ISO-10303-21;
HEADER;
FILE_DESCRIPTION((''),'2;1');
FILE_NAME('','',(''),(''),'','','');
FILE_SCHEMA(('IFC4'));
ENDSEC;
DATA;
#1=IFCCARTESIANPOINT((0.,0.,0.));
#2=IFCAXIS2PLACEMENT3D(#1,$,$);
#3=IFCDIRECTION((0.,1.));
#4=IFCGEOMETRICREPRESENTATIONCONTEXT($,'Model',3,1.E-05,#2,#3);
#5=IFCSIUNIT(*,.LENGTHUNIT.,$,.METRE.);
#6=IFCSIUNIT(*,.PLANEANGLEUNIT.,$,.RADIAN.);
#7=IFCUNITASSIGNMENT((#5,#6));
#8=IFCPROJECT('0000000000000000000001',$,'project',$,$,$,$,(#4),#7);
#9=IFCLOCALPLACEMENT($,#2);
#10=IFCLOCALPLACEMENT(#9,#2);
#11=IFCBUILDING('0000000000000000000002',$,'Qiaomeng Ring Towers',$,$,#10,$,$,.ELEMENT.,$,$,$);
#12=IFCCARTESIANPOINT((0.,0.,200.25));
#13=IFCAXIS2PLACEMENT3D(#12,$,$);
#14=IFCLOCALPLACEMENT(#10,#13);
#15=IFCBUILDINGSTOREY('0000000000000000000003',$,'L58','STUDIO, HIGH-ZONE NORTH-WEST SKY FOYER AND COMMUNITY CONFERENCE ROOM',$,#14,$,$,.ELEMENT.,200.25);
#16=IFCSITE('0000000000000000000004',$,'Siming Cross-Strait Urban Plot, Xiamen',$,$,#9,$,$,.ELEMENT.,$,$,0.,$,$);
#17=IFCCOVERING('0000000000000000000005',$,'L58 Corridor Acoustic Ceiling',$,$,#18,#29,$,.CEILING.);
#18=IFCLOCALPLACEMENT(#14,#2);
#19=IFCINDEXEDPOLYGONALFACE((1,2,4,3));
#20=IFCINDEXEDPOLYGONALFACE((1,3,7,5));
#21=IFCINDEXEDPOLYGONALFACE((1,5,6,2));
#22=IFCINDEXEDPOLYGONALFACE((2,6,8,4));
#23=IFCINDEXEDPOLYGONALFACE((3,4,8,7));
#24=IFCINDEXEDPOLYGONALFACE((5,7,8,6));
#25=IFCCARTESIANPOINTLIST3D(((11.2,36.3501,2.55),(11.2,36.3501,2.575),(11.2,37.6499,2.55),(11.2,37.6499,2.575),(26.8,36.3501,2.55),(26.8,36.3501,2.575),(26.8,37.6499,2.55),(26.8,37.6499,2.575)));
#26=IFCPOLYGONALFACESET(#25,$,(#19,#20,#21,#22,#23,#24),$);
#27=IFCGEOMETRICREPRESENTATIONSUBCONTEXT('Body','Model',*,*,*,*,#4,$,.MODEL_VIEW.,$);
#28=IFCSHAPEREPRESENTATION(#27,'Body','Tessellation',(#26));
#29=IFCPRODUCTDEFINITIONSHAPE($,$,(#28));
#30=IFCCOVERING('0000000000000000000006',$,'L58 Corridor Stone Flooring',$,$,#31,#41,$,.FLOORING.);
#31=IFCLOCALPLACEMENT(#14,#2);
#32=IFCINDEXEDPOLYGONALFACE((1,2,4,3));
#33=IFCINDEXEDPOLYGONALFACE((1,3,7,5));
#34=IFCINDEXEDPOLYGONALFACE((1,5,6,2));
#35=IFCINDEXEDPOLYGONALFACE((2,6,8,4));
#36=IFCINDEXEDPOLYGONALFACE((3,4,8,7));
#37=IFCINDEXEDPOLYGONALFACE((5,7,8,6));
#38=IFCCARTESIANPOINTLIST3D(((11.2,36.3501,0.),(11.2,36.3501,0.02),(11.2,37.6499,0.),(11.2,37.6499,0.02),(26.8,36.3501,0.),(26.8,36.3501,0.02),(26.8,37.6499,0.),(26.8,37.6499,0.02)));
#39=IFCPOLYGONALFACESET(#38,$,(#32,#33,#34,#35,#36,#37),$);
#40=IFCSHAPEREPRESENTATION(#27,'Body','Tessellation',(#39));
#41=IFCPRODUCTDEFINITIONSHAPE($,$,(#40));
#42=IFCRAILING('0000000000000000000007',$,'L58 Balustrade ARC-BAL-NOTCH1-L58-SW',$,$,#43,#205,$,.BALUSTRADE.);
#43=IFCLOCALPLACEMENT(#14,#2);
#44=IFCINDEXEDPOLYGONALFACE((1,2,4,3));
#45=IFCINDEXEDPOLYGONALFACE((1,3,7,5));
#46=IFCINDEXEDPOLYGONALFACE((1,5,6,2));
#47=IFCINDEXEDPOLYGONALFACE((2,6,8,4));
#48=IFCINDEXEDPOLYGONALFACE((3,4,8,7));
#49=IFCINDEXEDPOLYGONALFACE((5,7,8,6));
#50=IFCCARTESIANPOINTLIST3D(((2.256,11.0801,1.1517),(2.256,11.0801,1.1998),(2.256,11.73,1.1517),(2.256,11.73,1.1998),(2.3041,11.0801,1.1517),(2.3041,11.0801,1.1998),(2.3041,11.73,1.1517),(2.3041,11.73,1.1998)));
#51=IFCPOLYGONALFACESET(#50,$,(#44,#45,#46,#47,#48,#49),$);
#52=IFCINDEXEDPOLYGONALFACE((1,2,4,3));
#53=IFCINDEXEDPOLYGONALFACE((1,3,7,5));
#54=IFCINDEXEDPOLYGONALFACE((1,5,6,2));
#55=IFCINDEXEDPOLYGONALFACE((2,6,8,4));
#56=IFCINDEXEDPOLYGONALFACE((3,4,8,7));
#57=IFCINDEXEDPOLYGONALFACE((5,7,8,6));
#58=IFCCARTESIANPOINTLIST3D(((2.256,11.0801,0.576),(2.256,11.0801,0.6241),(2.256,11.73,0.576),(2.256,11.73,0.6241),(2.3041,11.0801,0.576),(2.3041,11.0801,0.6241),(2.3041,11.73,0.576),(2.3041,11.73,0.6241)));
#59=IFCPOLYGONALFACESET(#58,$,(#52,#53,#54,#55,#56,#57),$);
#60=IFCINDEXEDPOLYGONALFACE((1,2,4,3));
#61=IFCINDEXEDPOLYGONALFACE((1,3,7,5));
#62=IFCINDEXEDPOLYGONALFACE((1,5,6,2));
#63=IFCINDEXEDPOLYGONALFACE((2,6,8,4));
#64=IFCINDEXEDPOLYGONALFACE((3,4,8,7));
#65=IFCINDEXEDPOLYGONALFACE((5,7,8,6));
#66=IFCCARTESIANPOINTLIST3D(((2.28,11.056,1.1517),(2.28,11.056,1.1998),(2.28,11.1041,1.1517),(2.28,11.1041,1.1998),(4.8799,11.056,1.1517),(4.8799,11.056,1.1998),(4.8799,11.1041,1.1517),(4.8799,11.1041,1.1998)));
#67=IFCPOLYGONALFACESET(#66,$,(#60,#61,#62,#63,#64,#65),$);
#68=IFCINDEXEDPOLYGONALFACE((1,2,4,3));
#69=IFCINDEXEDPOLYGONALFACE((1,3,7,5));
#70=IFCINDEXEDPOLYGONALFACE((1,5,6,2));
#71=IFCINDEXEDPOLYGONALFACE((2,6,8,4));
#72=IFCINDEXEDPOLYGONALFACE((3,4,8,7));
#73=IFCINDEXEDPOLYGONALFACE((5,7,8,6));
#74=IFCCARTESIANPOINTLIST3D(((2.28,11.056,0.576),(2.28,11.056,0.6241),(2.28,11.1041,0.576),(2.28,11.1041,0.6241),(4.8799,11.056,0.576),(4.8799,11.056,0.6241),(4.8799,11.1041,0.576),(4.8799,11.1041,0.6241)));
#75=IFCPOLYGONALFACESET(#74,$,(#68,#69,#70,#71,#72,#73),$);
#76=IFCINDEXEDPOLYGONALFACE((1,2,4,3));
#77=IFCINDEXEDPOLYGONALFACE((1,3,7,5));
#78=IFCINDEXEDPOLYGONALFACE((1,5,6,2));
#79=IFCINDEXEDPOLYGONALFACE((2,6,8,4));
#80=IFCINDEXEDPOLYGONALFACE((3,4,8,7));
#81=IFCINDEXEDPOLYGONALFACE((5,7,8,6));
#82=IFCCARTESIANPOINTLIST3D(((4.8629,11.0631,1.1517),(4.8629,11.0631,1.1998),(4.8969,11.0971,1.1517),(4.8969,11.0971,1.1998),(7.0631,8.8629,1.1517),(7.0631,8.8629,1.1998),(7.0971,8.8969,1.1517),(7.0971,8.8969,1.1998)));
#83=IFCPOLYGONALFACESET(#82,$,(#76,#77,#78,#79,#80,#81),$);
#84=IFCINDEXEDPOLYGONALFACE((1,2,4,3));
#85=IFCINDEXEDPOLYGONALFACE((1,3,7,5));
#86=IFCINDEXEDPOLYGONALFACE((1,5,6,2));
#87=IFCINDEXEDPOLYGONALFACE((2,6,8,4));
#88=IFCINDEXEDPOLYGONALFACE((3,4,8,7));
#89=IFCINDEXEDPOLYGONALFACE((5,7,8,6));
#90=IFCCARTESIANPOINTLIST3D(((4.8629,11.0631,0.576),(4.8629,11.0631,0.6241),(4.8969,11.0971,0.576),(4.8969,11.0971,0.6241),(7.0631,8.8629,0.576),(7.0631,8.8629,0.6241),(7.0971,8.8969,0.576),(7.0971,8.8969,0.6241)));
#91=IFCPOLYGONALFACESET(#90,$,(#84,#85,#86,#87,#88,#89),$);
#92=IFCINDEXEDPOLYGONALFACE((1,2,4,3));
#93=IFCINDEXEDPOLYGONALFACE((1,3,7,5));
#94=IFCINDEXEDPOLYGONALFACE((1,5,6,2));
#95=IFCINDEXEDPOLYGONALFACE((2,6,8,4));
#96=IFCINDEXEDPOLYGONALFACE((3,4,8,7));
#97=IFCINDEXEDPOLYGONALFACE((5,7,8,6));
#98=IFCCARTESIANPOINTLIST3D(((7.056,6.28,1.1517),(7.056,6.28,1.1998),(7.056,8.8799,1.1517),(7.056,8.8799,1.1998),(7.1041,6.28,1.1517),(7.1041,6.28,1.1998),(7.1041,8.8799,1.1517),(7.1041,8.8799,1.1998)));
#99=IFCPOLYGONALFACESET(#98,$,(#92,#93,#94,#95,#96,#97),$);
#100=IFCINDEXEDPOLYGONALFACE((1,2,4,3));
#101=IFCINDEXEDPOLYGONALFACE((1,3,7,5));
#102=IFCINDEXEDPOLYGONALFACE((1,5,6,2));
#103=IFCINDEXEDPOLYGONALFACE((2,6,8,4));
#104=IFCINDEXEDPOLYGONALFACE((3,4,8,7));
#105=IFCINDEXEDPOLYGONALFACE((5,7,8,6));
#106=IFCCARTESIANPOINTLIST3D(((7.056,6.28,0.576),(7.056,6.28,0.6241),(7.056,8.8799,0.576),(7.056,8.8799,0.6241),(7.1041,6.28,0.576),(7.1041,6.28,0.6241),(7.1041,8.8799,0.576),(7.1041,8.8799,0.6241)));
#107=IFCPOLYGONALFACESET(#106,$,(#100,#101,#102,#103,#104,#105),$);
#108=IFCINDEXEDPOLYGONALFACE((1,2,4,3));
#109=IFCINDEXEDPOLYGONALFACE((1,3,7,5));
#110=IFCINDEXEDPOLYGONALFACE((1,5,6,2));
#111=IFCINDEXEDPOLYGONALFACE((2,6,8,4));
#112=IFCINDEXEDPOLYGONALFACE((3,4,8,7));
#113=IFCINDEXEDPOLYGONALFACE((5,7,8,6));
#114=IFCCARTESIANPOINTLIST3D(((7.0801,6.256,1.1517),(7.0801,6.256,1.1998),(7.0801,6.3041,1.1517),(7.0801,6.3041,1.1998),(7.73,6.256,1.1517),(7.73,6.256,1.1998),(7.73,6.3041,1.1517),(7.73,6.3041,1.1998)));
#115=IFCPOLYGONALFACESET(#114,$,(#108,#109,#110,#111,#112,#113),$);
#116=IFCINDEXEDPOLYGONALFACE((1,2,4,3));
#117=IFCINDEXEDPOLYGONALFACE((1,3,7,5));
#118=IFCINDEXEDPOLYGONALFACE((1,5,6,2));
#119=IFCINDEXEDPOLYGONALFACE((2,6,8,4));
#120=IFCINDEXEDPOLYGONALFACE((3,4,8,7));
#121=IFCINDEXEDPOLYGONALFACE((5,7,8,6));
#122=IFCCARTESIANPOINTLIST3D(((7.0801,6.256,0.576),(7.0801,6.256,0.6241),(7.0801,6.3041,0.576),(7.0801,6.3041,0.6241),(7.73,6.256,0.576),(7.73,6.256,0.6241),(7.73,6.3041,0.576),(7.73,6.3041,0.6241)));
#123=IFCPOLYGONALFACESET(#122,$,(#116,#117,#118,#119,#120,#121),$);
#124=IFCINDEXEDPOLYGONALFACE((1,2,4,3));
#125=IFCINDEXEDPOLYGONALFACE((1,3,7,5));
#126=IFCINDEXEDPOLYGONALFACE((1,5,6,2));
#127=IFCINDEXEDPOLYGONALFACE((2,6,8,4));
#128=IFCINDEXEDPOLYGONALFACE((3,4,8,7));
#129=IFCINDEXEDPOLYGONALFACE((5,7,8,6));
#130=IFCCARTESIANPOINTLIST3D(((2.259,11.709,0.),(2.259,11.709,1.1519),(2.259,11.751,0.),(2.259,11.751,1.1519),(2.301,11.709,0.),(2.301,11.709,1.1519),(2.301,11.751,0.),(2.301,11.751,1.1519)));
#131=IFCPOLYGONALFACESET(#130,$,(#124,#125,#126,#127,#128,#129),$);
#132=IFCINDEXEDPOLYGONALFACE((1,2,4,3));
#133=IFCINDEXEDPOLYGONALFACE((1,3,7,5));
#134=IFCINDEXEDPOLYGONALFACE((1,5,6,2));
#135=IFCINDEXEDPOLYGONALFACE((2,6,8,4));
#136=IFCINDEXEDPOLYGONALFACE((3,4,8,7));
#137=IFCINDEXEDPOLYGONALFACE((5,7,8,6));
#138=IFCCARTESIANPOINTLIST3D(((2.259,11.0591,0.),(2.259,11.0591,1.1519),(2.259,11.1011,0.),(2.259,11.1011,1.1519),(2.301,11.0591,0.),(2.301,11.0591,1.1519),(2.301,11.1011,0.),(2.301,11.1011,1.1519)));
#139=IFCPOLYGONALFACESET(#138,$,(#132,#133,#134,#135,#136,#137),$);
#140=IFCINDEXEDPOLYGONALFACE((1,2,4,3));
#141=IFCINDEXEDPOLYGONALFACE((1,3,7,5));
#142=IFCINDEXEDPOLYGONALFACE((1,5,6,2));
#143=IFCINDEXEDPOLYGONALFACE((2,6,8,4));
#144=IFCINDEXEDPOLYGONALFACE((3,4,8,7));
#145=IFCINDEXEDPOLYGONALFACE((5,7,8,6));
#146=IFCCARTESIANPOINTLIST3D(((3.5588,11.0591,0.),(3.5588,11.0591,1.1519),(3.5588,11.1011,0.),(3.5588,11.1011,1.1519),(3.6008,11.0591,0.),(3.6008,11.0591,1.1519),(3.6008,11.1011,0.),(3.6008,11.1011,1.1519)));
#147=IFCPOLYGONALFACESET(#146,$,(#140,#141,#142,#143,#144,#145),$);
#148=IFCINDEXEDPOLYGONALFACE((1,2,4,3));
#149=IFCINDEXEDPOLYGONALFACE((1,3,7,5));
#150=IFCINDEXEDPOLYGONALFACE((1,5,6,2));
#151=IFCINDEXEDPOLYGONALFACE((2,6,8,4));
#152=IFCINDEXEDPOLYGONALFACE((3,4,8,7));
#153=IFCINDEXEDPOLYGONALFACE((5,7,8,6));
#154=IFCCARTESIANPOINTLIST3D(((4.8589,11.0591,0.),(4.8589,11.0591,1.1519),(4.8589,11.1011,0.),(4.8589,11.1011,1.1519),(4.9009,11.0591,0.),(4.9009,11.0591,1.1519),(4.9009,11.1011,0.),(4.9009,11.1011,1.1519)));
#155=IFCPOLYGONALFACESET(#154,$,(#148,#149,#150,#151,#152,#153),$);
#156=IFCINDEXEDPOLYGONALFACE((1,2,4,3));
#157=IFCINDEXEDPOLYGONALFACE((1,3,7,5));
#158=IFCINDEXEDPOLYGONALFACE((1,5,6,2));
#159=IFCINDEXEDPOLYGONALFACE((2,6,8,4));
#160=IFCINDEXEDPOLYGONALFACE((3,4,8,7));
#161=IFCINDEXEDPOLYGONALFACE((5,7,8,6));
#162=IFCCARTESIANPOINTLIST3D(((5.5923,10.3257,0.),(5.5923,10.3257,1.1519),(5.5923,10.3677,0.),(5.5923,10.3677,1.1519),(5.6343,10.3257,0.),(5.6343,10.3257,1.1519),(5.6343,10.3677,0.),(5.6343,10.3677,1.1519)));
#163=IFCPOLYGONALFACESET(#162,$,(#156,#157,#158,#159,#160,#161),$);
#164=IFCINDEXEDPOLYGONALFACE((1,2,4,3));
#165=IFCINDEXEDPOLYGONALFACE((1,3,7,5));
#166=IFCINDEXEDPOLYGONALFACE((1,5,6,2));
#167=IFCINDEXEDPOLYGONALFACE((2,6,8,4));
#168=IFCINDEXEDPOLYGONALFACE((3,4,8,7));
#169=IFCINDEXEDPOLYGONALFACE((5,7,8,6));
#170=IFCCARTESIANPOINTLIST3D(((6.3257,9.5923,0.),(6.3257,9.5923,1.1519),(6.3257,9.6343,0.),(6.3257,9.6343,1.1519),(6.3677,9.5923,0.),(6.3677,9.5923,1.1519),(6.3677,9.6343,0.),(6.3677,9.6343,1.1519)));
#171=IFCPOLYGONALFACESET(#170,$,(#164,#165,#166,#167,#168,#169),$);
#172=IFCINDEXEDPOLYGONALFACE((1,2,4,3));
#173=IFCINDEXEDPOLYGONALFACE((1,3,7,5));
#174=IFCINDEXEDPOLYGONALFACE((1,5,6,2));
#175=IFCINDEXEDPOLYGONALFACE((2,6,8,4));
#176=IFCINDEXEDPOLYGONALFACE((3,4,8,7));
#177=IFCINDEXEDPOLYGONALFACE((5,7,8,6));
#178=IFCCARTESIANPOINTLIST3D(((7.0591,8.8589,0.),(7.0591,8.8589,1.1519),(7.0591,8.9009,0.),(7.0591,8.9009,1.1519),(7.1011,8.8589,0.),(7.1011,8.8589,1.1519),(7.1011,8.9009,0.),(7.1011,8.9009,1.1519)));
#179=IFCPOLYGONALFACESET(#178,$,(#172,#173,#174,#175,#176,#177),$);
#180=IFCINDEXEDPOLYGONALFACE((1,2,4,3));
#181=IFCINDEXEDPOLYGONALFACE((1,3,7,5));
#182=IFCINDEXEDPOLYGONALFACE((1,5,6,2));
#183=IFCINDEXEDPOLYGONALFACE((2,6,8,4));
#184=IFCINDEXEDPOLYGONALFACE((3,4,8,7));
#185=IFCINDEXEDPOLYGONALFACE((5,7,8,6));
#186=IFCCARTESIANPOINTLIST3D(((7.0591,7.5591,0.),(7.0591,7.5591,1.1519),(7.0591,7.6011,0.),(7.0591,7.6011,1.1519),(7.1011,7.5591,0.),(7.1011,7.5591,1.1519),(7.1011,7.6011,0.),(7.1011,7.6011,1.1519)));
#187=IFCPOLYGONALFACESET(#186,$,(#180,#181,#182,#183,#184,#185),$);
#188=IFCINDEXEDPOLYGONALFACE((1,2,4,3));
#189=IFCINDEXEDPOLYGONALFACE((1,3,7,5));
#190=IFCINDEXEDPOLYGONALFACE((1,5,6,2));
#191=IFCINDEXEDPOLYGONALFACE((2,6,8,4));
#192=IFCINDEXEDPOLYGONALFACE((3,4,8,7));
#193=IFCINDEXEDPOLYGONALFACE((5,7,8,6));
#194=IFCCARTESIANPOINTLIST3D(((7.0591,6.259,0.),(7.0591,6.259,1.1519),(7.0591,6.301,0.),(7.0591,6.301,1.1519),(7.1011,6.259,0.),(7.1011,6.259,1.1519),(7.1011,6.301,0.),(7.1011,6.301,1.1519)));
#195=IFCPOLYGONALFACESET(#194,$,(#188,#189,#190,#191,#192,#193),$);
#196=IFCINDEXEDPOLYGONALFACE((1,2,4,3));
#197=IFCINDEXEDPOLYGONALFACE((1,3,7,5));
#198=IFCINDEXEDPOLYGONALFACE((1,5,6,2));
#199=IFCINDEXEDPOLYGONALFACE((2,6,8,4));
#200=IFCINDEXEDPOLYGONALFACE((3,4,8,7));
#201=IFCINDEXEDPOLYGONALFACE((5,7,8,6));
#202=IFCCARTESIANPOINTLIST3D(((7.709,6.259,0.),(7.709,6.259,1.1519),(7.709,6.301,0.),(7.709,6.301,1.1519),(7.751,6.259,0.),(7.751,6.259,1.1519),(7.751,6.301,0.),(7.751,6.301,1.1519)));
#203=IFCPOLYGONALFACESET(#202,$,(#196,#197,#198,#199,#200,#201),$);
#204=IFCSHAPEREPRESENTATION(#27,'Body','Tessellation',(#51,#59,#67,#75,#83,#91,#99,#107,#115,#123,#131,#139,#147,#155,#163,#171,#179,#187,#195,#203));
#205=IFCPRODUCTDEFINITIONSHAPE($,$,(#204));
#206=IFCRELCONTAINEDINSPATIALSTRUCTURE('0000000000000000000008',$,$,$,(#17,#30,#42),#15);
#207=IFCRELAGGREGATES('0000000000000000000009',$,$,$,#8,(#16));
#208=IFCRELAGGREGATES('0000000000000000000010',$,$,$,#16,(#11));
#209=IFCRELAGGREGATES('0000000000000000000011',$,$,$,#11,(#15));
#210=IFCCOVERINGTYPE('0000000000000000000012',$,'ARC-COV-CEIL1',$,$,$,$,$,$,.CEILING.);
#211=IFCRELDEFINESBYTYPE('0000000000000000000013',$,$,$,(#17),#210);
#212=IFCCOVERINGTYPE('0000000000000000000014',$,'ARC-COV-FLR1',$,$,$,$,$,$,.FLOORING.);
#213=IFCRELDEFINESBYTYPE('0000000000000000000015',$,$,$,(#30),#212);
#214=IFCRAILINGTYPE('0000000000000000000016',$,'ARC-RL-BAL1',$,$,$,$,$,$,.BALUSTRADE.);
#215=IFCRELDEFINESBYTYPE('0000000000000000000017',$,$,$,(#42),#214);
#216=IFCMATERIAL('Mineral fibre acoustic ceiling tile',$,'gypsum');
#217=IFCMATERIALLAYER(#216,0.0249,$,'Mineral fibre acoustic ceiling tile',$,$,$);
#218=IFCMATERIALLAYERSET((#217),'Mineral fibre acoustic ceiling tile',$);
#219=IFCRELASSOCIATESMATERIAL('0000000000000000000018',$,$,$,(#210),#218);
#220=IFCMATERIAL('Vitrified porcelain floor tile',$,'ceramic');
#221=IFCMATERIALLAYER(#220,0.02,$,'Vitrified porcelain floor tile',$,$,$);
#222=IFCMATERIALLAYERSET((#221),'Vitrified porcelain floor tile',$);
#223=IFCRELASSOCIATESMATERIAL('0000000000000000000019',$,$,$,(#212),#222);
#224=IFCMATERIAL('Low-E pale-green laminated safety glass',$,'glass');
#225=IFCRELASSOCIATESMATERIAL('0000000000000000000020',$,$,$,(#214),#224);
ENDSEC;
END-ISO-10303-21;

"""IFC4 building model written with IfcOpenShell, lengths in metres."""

from ifc_helpers import new_model, si_unit, direction, frame, origin, origin_2d, place, context, subcontext, project, spatial, polyline, rectangle, outline, extrude, material, layer, layer_set, type_object, element, save


model = new_model("IFC4")

# Units and contexts
model_context = context("Model", 3, precision=1e-05, world=origin(), true_north=direction((0.0, 1.0)))
body_context = subcontext(model_context, "Body", "Model", "MODEL_VIEW")
ifc_project = project(units=[si_unit("LENGTHUNIT", "METRE"), si_unit("PLANEANGLEUNIT", "RADIAN")], contexts=[model_context])

# Site, building, storey
site_placement = place(None, origin())
site = spatial("IfcSite", under=ifc_project, at=site_placement, Name="Siming Cross-Strait Urban Plot, Xiamen", CompositionType="ELEMENT", RefElevation=0.0)
building_placement = place(site_placement, origin())
building = spatial("IfcBuilding", under=site, at=building_placement, Name="Qiaomeng Ring Towers", CompositionType="ELEMENT")
storey_placement = place(building_placement, frame((0.0, 0.0, 200.25)))
storey = spatial("IfcBuildingStorey", under=building, at=storey_placement, Name="L58", Description="STUDIO, HIGH-ZONE NORTH-WEST SKY FOYER AND COMMUNITY CONFERENCE ROOM", CompositionType="ELEMENT", Elevation=200.25)

# Coverings
ifc_material_1 = material(Name="Mineral fibre acoustic ceiling tile", Category="gypsum")
ifc_layer_1 = layer(ifc_material_1, 0.0249, Name="Mineral fibre acoustic ceiling tile")
ifc_layer_set_1 = layer_set([ifc_layer_1], Name="Mineral fibre acoustic ceiling tile")
covering_type_1 = type_object("IfcCoveringType", Name="ARC-COV-CEIL1", PredefinedType="CEILING", material=ifc_layer_set_1)
covering_1_placement = place(storey_placement, frame((0.0, 0.0, 2.55)))
element("IfcCovering", 1, at=covering_1_placement, inside=storey, type_object=covering_type_1, Name="L58 Corridor Acoustic Ceiling", PredefinedType="CEILING", context=body_context, shape_type="SweptSolid", body=[
    extrude(outline(polyline([(11.2, 36.3501), (11.2, 37.6499), (26.8, 37.6499), (26.8, 36.3501), (11.2, 36.3501)])), origin(), (0.0, 0.0, 1.0), 0.0249),
])
ifc_material_2 = material(Name="Vitrified porcelain floor tile", Category="ceramic")
ifc_layer_2 = layer(ifc_material_2, 0.02, Name="Vitrified porcelain floor tile")
ifc_layer_set_2 = layer_set([ifc_layer_2], Name="Vitrified porcelain floor tile")
covering_type_2 = type_object("IfcCoveringType", Name="ARC-COV-FLR1", PredefinedType="FLOORING", material=ifc_layer_set_2)
covering_2_placement = place(storey_placement, origin())
element("IfcCovering", 2, at=covering_2_placement, inside=storey, type_object=covering_type_2, Name="L58 Corridor Stone Flooring", PredefinedType="FLOORING", context=body_context, shape_type="SweptSolid", body=[
    extrude(outline(polyline([(11.2, 36.3501), (11.2, 37.6499), (26.8, 37.6499), (26.8, 36.3501), (11.2, 36.3501)])), origin(), (0.0, 0.0, 1.0), 0.02),
])

# Railing
ifc_material_3 = material(Name="Low-E pale-green laminated safety glass", Category="glass")
railing_type = type_object("IfcRailingType", Name="ARC-RL-BAL1", PredefinedType="BALUSTRADE", material=ifc_material_3)
railing_placement = place(storey_placement, frame((2.28, 11.73, 0.0)))
element("IfcRailing", 3, at=railing_placement, inside=storey, type_object=railing_type, Name="L58 Balustrade ARC-BAL-NOTCH1-L58-SW", PredefinedType="BALUSTRADE", context=body_context, shape_type="SweptSolid", body=[
    extrude(rectangle(XDim=0.0481, YDim=0.0481, at=origin_2d()), frame((0.0, 0.0, 1.1758), z_axis=(0.0, -1.0, 0.0), x_axis=(1.0, 0.0, 0.0)), (0.0, 0.0, 1.0), 0.6499),
    extrude(rectangle(XDim=0.0481, YDim=0.0481, at=origin_2d()), frame((0.0, 0.0, 0.6001), z_axis=(0.0, -1.0, 0.0), x_axis=(1.0, 0.0, 0.0)), (0.0, 0.0, 1.0), 0.6499),
    extrude(rectangle(XDim=0.0481, YDim=0.0481, at=origin_2d()), frame((0.0, -0.6499, 1.1758), z_axis=(1.0, 0.0, 0.0), x_axis=(0.0, 1.0, 0.0)), (0.0, 0.0, 1.0), 2.5999),
    extrude(rectangle(XDim=0.0481, YDim=0.0481, at=origin_2d()), frame((0.0, -0.6499, 0.6001), z_axis=(1.0, 0.0, 0.0), x_axis=(0.0, 1.0, 0.0)), (0.0, 0.0, 1.0), 2.5999),
    extrude(rectangle(XDim=0.0481, YDim=0.0481, at=origin_2d()), frame((2.5999, -0.6499, 1.1758), z_axis=(0.707107, -0.707107, 0.0), x_axis=(0.707107, 0.707107, 0.0)), (0.0, 0.0, 1.0), 3.1116),
    extrude(rectangle(XDim=0.0481, YDim=0.0481, at=origin_2d()), frame((2.5999, -0.6499, 0.6001), z_axis=(0.707107, -0.707107, 0.0), x_axis=(0.707107, 0.707107, 0.0)), (0.0, 0.0, 1.0), 3.1116),
    extrude(rectangle(XDim=0.0481, YDim=0.0481, at=origin_2d()), frame((4.8, -2.8501, 1.1758), z_axis=(0.0, -1.0, 0.0), x_axis=(1.0, 0.0, 0.0)), (0.0, 0.0, 1.0), 2.5999),
    extrude(rectangle(XDim=0.0481, YDim=0.0481, at=origin_2d()), frame((4.8, -2.8501, 0.6001), z_axis=(0.0, -1.0, 0.0), x_axis=(1.0, 0.0, 0.0)), (0.0, 0.0, 1.0), 2.5999),
    extrude(rectangle(XDim=0.0481, YDim=0.0481, at=origin_2d()), frame((4.8, -5.45, 1.1758), z_axis=(1.0, 0.0, 0.0), x_axis=(0.0, 1.0, 0.0)), (0.0, 0.0, 1.0), 0.6499),
    extrude(rectangle(XDim=0.0481, YDim=0.0481, at=origin_2d()), frame((4.8, -5.45, 0.6001), z_axis=(1.0, 0.0, 0.0), x_axis=(0.0, 1.0, 0.0)), (0.0, 0.0, 1.0), 0.6499),
    extrude(rectangle(XDim=0.042, YDim=0.042, at=origin_2d()), origin(), (0.0, 0.0, 1.0), 1.1519),
    extrude(rectangle(XDim=0.042, YDim=0.042, at=origin_2d()), frame((0.0, -0.6499, 0.0)), (0.0, 0.0, 1.0), 1.1519),
    extrude(rectangle(XDim=0.042, YDim=0.042, at=origin_2d()), frame((1.2998, -0.6499, 0.0)), (0.0, 0.0, 1.0), 1.1519),
    extrude(rectangle(XDim=0.042, YDim=0.042, at=origin_2d()), frame((2.5999, -0.6499, 0.0)), (0.0, 0.0, 1.0), 1.1519),
    extrude(rectangle(XDim=0.042, YDim=0.042, at=origin_2d()), frame((3.3333, -1.3833, 0.0)), (0.0, 0.0, 1.0), 1.1519),
    extrude(rectangle(XDim=0.042, YDim=0.042, at=origin_2d()), frame((4.0667, -2.1167, 0.0)), (0.0, 0.0, 1.0), 1.1519),
    extrude(rectangle(XDim=0.042, YDim=0.042, at=origin_2d()), frame((4.8, -2.8501, 0.0)), (0.0, 0.0, 1.0), 1.1519),
    extrude(rectangle(XDim=0.042, YDim=0.042, at=origin_2d()), frame((4.8, -4.1499, 0.0)), (0.0, 0.0, 1.0), 1.1519),
    extrude(rectangle(XDim=0.042, YDim=0.042, at=origin_2d()), frame((4.8, -5.45, 0.0)), (0.0, 0.0, 1.0), 1.1519),
    extrude(rectangle(XDim=0.042, YDim=0.042, at=origin_2d()), frame((5.45, -5.45, 0.0)), (0.0, 0.0, 1.0), 1.1519),
])

save(model, "model.ifc")
